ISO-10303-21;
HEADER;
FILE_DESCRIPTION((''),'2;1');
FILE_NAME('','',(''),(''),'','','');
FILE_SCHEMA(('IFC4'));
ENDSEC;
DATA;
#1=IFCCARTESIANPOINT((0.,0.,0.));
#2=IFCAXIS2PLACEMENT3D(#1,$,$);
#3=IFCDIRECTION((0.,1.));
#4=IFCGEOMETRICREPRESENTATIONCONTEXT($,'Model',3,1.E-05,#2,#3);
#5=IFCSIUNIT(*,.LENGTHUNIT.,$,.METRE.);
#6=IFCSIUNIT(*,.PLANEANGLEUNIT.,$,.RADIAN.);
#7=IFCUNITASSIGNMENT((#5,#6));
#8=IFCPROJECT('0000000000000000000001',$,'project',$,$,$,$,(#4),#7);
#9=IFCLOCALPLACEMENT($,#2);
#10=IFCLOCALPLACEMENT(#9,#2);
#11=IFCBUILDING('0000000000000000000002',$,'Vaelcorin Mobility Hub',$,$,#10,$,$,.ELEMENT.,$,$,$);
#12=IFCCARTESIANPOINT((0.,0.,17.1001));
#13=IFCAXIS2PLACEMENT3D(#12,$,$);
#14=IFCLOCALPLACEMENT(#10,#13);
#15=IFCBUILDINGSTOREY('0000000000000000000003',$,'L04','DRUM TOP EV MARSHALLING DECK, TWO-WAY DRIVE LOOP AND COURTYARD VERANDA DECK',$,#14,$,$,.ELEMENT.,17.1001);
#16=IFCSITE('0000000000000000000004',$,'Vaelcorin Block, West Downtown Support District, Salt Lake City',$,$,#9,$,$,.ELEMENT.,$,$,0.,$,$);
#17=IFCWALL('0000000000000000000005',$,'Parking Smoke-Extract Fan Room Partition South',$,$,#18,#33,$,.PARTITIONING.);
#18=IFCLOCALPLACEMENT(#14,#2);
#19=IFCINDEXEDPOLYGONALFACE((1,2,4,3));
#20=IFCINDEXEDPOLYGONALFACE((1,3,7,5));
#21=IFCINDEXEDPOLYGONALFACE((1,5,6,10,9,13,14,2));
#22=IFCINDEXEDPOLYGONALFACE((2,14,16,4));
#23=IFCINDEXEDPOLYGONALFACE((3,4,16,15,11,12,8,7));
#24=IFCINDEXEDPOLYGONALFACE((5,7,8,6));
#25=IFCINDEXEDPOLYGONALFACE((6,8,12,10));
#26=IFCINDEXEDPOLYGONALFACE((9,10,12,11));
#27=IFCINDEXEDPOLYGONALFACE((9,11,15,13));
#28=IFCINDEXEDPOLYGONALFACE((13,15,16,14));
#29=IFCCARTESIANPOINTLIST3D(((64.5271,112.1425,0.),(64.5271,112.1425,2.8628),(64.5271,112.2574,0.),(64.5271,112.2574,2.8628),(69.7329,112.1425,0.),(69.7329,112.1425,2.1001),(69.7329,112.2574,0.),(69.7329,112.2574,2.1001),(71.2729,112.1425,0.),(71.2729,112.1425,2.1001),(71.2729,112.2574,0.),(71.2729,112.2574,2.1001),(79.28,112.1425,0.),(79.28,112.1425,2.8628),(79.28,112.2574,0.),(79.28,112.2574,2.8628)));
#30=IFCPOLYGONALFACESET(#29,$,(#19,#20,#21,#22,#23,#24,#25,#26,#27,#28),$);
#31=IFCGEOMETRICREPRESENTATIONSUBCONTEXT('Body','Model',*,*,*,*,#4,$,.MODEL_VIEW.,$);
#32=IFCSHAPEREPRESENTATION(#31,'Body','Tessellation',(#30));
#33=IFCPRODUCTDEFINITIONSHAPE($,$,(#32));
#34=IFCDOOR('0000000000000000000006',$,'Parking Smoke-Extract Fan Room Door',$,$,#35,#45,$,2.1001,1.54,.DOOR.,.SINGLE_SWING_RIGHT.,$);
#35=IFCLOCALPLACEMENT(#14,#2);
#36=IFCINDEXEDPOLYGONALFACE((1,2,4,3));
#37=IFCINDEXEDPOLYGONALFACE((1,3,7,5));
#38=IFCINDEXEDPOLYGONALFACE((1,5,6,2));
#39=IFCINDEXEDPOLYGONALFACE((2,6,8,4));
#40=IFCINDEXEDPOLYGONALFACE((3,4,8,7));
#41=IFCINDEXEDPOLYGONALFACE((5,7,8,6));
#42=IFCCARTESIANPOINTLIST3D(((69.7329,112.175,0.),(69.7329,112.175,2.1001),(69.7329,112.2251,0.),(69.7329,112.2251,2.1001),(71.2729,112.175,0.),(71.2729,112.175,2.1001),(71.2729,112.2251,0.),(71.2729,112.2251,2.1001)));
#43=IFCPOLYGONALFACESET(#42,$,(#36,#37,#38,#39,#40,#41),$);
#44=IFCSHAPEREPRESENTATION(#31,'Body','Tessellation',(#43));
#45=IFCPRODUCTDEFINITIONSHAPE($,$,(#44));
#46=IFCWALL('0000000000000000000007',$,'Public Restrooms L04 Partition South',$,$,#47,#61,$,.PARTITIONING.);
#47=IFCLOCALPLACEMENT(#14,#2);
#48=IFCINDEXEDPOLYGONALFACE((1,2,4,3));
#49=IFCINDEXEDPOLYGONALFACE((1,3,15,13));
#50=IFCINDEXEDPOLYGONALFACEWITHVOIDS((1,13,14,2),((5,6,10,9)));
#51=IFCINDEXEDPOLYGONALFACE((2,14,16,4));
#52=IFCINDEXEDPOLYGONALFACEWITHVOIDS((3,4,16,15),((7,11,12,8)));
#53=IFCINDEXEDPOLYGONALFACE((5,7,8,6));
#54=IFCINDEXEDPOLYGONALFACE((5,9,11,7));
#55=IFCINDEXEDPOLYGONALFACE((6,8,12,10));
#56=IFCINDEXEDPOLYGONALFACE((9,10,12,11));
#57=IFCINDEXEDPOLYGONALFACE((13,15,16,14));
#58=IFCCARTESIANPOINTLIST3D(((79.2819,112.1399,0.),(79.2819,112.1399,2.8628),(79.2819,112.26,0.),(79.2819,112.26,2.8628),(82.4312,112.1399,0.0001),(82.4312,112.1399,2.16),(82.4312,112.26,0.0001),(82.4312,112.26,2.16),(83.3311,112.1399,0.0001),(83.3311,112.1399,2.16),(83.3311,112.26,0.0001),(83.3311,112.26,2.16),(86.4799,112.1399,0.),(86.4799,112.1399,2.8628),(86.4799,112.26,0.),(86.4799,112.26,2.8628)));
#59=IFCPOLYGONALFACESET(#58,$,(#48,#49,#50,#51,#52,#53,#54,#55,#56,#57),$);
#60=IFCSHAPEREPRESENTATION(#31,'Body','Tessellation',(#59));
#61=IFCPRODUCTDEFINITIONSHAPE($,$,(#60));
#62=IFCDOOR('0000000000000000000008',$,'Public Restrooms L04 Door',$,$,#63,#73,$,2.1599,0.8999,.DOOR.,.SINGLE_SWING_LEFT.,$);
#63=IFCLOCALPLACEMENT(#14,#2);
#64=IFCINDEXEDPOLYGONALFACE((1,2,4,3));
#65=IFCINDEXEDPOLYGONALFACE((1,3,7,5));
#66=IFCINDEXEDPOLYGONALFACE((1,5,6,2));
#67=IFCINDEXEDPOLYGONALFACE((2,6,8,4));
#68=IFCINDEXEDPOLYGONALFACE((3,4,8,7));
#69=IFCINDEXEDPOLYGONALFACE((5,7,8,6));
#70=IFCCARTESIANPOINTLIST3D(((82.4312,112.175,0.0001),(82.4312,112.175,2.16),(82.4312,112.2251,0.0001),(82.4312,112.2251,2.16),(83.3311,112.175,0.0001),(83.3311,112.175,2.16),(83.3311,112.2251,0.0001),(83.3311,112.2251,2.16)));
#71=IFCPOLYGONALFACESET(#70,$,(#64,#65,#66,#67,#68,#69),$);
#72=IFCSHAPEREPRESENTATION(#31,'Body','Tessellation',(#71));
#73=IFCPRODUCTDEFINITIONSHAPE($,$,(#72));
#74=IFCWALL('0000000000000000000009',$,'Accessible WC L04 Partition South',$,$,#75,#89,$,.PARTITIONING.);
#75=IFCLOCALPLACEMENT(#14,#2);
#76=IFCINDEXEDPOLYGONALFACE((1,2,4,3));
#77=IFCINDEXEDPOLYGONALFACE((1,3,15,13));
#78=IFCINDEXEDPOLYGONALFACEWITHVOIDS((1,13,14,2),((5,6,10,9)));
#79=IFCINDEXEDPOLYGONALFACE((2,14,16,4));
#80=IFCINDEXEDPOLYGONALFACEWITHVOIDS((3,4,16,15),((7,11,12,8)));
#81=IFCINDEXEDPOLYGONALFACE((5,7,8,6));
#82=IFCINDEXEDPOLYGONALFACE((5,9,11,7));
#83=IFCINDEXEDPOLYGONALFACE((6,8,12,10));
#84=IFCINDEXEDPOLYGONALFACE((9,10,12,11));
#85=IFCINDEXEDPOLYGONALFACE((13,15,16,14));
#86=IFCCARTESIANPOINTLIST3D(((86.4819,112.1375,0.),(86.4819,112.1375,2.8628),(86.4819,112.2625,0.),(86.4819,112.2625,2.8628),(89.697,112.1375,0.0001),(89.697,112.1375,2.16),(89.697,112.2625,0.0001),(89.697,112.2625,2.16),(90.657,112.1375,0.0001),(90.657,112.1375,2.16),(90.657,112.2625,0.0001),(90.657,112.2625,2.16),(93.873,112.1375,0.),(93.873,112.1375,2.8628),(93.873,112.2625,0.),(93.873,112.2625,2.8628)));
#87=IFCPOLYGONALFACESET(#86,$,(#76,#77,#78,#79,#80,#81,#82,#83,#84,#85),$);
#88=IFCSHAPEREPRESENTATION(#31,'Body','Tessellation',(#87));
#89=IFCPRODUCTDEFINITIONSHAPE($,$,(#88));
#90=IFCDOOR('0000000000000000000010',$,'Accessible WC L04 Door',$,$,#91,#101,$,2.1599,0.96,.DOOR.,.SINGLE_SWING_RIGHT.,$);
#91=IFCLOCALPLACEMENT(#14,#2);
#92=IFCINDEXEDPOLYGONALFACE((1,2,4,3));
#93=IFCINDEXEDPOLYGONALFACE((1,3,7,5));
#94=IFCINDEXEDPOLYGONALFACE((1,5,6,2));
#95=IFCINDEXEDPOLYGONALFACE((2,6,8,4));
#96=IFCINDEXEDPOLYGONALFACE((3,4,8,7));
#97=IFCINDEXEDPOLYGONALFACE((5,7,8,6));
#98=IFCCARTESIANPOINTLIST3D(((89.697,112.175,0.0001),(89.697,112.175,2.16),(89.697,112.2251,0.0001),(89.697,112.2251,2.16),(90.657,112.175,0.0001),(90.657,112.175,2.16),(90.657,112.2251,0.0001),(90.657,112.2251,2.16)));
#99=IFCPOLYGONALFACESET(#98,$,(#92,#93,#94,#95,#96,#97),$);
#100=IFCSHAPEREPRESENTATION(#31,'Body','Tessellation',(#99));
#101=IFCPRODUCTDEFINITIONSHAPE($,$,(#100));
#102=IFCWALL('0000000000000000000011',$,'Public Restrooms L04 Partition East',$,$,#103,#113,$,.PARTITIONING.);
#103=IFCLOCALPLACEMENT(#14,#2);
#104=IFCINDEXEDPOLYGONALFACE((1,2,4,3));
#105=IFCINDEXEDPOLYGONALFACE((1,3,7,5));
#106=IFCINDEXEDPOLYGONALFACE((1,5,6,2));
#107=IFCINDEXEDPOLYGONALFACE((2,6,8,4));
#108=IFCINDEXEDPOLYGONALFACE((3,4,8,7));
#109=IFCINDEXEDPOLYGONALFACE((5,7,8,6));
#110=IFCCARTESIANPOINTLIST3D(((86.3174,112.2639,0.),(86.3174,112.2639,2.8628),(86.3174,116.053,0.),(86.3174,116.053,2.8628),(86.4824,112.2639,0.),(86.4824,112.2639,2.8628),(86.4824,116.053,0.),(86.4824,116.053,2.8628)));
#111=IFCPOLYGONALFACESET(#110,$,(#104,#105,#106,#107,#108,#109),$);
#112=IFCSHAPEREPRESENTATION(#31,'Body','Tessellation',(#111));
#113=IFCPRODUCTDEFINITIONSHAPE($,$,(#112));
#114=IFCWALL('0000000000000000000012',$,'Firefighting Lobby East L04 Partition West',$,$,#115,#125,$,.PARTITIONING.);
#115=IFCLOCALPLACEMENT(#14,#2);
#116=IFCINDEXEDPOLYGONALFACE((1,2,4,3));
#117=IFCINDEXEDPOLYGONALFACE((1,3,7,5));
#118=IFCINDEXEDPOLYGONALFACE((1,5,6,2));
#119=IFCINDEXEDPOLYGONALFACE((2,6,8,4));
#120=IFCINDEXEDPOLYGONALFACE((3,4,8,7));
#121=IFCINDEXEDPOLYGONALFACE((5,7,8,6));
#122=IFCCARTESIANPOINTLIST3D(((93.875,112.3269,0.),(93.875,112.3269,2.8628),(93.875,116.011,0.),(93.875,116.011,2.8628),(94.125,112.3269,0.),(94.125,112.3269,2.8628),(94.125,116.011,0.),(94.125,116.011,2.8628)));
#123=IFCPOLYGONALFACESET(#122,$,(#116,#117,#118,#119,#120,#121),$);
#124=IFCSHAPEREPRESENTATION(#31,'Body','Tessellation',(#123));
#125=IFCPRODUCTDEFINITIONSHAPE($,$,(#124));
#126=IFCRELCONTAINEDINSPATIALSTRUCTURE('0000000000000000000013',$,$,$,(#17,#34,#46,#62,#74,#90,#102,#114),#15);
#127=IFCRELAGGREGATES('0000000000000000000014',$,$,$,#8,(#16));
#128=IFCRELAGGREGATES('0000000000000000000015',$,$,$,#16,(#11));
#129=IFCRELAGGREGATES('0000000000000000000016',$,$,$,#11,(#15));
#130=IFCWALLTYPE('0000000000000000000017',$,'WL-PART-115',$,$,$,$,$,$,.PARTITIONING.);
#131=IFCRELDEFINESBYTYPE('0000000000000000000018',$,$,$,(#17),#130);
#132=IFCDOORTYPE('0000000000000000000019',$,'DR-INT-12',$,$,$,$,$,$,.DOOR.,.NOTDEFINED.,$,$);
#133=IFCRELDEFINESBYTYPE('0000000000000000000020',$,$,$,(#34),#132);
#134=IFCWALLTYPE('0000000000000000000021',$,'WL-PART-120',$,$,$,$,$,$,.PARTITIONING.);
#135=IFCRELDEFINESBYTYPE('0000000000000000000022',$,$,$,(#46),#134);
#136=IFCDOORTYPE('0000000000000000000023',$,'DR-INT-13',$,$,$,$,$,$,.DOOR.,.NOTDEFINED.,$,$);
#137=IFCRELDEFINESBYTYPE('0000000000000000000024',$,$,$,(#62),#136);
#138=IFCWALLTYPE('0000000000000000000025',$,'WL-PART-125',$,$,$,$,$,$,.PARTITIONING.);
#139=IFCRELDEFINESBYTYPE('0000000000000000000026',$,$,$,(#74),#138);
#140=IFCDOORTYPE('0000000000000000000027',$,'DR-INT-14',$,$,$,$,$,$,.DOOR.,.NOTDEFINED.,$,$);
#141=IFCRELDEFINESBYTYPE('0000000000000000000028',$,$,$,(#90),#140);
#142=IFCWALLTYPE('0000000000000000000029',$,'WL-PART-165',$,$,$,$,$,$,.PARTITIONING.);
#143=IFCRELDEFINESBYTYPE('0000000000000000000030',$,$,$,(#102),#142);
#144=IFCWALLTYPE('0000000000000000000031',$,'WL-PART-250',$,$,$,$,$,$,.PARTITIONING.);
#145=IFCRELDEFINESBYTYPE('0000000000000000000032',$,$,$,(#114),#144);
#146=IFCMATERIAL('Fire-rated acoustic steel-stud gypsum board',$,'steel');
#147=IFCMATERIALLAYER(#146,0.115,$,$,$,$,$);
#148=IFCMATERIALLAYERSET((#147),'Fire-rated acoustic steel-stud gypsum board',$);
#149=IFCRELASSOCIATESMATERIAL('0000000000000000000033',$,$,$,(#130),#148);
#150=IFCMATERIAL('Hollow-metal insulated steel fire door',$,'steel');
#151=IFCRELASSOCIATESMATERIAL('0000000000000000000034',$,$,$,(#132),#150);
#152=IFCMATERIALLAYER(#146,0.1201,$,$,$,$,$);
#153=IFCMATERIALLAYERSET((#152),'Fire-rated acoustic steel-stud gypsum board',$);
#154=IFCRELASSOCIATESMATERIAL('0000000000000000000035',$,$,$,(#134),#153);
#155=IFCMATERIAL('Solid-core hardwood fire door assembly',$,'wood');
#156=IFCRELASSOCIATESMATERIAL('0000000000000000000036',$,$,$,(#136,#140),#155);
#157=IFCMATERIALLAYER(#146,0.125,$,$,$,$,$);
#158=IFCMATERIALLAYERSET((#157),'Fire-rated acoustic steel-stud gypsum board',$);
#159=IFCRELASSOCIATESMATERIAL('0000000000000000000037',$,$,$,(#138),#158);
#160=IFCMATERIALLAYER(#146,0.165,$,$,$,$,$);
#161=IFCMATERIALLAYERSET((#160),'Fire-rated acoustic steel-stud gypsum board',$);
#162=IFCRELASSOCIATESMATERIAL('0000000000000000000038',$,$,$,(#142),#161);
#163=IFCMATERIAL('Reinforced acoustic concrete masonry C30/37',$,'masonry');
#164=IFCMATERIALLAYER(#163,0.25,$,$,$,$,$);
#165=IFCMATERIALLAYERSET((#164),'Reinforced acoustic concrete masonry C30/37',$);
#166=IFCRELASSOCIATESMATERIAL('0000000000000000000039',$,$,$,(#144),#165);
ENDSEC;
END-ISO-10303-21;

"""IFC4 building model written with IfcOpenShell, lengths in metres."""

from ifc_helpers import new_model, si_unit, direction, frame, frame_2d, origin, place, context, subcontext, project, spatial, rectangle, extrude, material, layer, layer_set, type_object, element, fill, save


model = new_model("IFC4")

# Units and contexts
model_context = context("Model", 3, precision=1e-05, world=origin(), true_north=direction((0.0, 1.0)))
body_context = subcontext(model_context, "Body", "Model", "MODEL_VIEW")
ifc_project = project(units=[si_unit("LENGTHUNIT", "METRE"), si_unit("PLANEANGLEUNIT", "RADIAN")], contexts=[model_context])

# Site, building, storey
site_placement = place(None, origin())
site = spatial("IfcSite", under=ifc_project, at=site_placement, Name="Vaelcorin Block, West Downtown Support District, Salt Lake City", CompositionType="ELEMENT", RefElevation=0.0)
building_placement = place(site_placement, origin())
building = spatial("IfcBuilding", under=site, at=building_placement, Name="Vaelcorin Mobility Hub", CompositionType="ELEMENT")
storey_placement = place(building_placement, frame((0.0, 0.0, 17.1001)))
storey = spatial("IfcBuildingStorey", under=building, at=storey_placement, Name="L04", Description="DRUM TOP EV MARSHALLING DECK, TWO-WAY DRIVE LOOP AND COURTYARD VERANDA DECK", CompositionType="ELEMENT", Elevation=17.1001)

# Shared definitions
ifc_material_1 = material(Name="Fire-rated acoustic steel-stud gypsum board", Category="steel")
ifc_material_2 = material(Name="Hollow-metal insulated steel fire door", Category="steel")

# Walls, openings, doors
ifc_layer_1 = layer(ifc_material_1, 0.115)
ifc_layer_set_1 = layer_set([ifc_layer_1], Name="Fire-rated acoustic steel-stud gypsum board")
wall_type_1 = type_object("IfcWallType", Name="WL-PART-115", PredefinedType="PARTITIONING", material=ifc_layer_set_1)
wall_1_placement = place(storey_placement, frame((79.28, 112.2, 0.0), z_axis=(0.0, 0.0, 1.0), x_axis=(-1.0, 0.0, 0.0)))
wall_1 = element("IfcWall", 1, at=wall_1_placement, inside=storey, type_object=wall_type_1, Name="Parking Smoke-Extract Fan Room Partition South", PredefinedType="PARTITIONING", context=body_context, shape_type="SweptSolid", body=[
    extrude(rectangle(XDim=14.7529, YDim=0.115, at=frame_2d((7.3765, 0.0))), origin(), (0.0, 0.0, 1.0), 2.8628),
])
opening_1_placement = place(wall_1_placement, frame((8.0071, 0.0, 0.0)))
opening_1 = element("IfcOpeningElement", 2, at=opening_1_placement, cuts=wall_1, PredefinedType="OPENING", context=body_context, shape_type="SweptSolid", body=[
    extrude(rectangle(XDim=1.54, YDim=2.1001, at=frame_2d((0.77, 1.05))), frame((0.0, 0.0674, 0.0), z_axis=(0.0, -1.0, 0.0), x_axis=(1.0, 0.0, 0.0)), (0.0, 0.0, 1.0), 0.135),
])
door_type_1 = type_object("IfcDoorType", Name="DR-INT-12", OperationType="NOTDEFINED", PredefinedType="DOOR", material=ifc_material_2)
door_1_placement = place(opening_1_placement, origin())
door_1 = element("IfcDoor", 3, at=door_1_placement, inside=storey, type_object=door_type_1, Name="Parking Smoke-Extract Fan Room Door", OperationType="SINGLE_SWING_RIGHT", OverallHeight=2.1001, OverallWidth=1.54, PredefinedType="DOOR", context=body_context, shape_type="SweptSolid", body=[
    extrude(rectangle(XDim=1.54, YDim=2.1001, at=frame_2d((0.77, 1.05))), frame((0.0, 0.0249, 0.0), z_axis=(0.0, -1.0, 0.0), x_axis=(1.0, 0.0, 0.0)), (0.0, 0.0, 1.0), 0.05),
])
fill(opening_1, door_1)
ifc_layer_2 = layer(ifc_material_1, 0.1201)
ifc_layer_set_2 = layer_set([ifc_layer_2], Name="Fire-rated acoustic steel-stud gypsum board")
wall_type_2 = type_object("IfcWallType", Name="WL-PART-120", PredefinedType="PARTITIONING", material=ifc_layer_set_2)
wall_2_placement = place(storey_placement, frame((86.48, 112.2, 0.0), z_axis=(0.0, 0.0, 1.0), x_axis=(-1.0, 0.0, 0.0)))
wall_2 = element("IfcWall", 4, at=wall_2_placement, inside=storey, type_object=wall_type_2, Name="Public Restrooms L04 Partition South", PredefinedType="PARTITIONING", context=body_context, shape_type="SweptSolid", body=[
    extrude(rectangle(XDim=7.198, YDim=0.1201, at=frame_2d((3.5991, 0.0))), origin(), (0.0, 0.0, 1.0), 2.8628),
])
opening_2_placement = place(wall_2_placement, frame((3.1489, 0.0, 0.0)))
opening_2 = element("IfcOpeningElement", 5, at=opening_2_placement, cuts=wall_2, PredefinedType="OPENING", context=body_context, shape_type="SweptSolid", body=[
    extrude(rectangle(XDim=0.8999, YDim=2.1599, at=frame_2d((0.45, 1.0801))), frame((0.0, 0.0701, 0.0), z_axis=(0.0, -1.0, 0.0), x_axis=(1.0, 0.0, 0.0)), (0.0, 0.0, 1.0), 0.1401),
])
ifc_material_3 = material(Name="Solid-core hardwood fire door assembly", Category="wood")
door_type_2 = type_object("IfcDoorType", Name="DR-INT-13", OperationType="NOTDEFINED", PredefinedType="DOOR", material=ifc_material_3)
door_2_placement = place(opening_2_placement, origin())
door_2 = element("IfcDoor", 6, at=door_2_placement, inside=storey, type_object=door_type_2, Name="Public Restrooms L04 Door", OperationType="SINGLE_SWING_LEFT", OverallHeight=2.1599, OverallWidth=0.8999, PredefinedType="DOOR", context=body_context, shape_type="SweptSolid", body=[
    extrude(rectangle(XDim=0.8999, YDim=2.1599, at=frame_2d((0.45, 1.0801))), frame((0.0, 0.0249, 0.0), z_axis=(0.0, -1.0, 0.0), x_axis=(1.0, 0.0, 0.0)), (0.0, 0.0, 1.0), 0.05),
])
fill(opening_2, door_2)
ifc_layer_3 = layer(ifc_material_1, 0.125)
ifc_layer_set_3 = layer_set([ifc_layer_3], Name="Fire-rated acoustic steel-stud gypsum board")
wall_type_3 = type_object("IfcWallType", Name="WL-PART-125", PredefinedType="PARTITIONING", material=ifc_layer_set_3)
wall_3_placement = place(storey_placement, frame((93.873, 112.2, 0.0), z_axis=(0.0, 0.0, 1.0), x_axis=(-1.0, 0.0, 0.0)))
wall_3 = element("IfcWall", 7, at=wall_3_placement, inside=storey, type_object=wall_type_3, Name="Accessible WC L04 Partition South", PredefinedType="PARTITIONING", context=body_context, shape_type="SweptSolid", body=[
    extrude(rectangle(XDim=7.3911, YDim=0.125, at=frame_2d((3.6956, 0.0))), origin(), (0.0, 0.0, 1.0), 2.8628),
])
opening_3_placement = place(wall_3_placement, frame((3.2161, 0.0, 0.0)))
opening_3 = element("IfcOpeningElement", 8, at=opening_3_placement, cuts=wall_3, PredefinedType="OPENING", context=body_context, shape_type="SweptSolid", body=[
    extrude(rectangle(XDim=0.96, YDim=2.1599, at=frame_2d((0.48, 1.0801))), frame((0.0, 0.0725, 0.0), z_axis=(0.0, -1.0, 0.0), x_axis=(1.0, 0.0, 0.0)), (0.0, 0.0, 1.0), 0.145),
])
door_type_3 = type_object("IfcDoorType", Name="DR-INT-14", OperationType="NOTDEFINED", PredefinedType="DOOR", material=ifc_material_3)
door_3_placement = place(opening_3_placement, origin())
door_3 = element("IfcDoor", 9, at=door_3_placement, inside=storey, type_object=door_type_3, Name="Accessible WC L04 Door", OperationType="SINGLE_SWING_RIGHT", OverallHeight=2.1599, OverallWidth=0.96, PredefinedType="DOOR", context=body_context, shape_type="SweptSolid", body=[
    extrude(rectangle(XDim=0.96, YDim=2.1599, at=frame_2d((0.48, 1.0801))), frame((0.0, 0.0249, 0.0), z_axis=(0.0, -1.0, 0.0), x_axis=(1.0, 0.0, 0.0)), (0.0, 0.0, 1.0), 0.05),
])
fill(opening_3, door_3)

# Walls
ifc_layer_4 = layer(ifc_material_1, 0.165)
ifc_layer_set_4 = layer_set([ifc_layer_4], Name="Fire-rated acoustic steel-stud gypsum board")
wall_type_4 = type_object("IfcWallType", Name="WL-PART-165", PredefinedType="PARTITIONING", material=ifc_layer_set_4)
wall_4_placement = place(storey_placement, frame((86.3999, 116.053, 0.0), z_axis=(0.0, 0.0, 1.0), x_axis=(0.0, -1.0, 0.0)))
element("IfcWall", 10, at=wall_4_placement, inside=storey, type_object=wall_type_4, Name="Public Restrooms L04 Partition East", PredefinedType="PARTITIONING", context=body_context, shape_type="SweptSolid", body=[
    extrude(rectangle(XDim=3.7891, YDim=0.165, at=frame_2d((1.8945, 0.0))), origin(), (0.0, 0.0, 1.0), 2.8628),
])
ifc_material_4 = material(Name="Reinforced acoustic concrete masonry C30/37", Category="masonry")
ifc_layer_5 = layer(ifc_material_4, 0.25)
ifc_layer_set_5 = layer_set([ifc_layer_5], Name="Reinforced acoustic concrete masonry C30/37")
wall_type_5 = type_object("IfcWallType", Name="WL-PART-250", PredefinedType="PARTITIONING", material=ifc_layer_set_5)
wall_5_placement = place(storey_placement, frame((94.0, 112.3269, 0.0), z_axis=(0.0, 0.0, 1.0), x_axis=(0.0, 1.0, 0.0)))
element("IfcWall", 11, at=wall_5_placement, inside=storey, type_object=wall_type_5, Name="Firefighting Lobby East L04 Partition West", PredefinedType="PARTITIONING", context=body_context, shape_type="SweptSolid", body=[
    extrude(rectangle(XDim=3.6841, YDim=0.25, at=frame_2d((1.842, 0.0))), origin(), (0.0, 0.0, 1.0), 2.8628),
])

save(model, "model.ifc")
